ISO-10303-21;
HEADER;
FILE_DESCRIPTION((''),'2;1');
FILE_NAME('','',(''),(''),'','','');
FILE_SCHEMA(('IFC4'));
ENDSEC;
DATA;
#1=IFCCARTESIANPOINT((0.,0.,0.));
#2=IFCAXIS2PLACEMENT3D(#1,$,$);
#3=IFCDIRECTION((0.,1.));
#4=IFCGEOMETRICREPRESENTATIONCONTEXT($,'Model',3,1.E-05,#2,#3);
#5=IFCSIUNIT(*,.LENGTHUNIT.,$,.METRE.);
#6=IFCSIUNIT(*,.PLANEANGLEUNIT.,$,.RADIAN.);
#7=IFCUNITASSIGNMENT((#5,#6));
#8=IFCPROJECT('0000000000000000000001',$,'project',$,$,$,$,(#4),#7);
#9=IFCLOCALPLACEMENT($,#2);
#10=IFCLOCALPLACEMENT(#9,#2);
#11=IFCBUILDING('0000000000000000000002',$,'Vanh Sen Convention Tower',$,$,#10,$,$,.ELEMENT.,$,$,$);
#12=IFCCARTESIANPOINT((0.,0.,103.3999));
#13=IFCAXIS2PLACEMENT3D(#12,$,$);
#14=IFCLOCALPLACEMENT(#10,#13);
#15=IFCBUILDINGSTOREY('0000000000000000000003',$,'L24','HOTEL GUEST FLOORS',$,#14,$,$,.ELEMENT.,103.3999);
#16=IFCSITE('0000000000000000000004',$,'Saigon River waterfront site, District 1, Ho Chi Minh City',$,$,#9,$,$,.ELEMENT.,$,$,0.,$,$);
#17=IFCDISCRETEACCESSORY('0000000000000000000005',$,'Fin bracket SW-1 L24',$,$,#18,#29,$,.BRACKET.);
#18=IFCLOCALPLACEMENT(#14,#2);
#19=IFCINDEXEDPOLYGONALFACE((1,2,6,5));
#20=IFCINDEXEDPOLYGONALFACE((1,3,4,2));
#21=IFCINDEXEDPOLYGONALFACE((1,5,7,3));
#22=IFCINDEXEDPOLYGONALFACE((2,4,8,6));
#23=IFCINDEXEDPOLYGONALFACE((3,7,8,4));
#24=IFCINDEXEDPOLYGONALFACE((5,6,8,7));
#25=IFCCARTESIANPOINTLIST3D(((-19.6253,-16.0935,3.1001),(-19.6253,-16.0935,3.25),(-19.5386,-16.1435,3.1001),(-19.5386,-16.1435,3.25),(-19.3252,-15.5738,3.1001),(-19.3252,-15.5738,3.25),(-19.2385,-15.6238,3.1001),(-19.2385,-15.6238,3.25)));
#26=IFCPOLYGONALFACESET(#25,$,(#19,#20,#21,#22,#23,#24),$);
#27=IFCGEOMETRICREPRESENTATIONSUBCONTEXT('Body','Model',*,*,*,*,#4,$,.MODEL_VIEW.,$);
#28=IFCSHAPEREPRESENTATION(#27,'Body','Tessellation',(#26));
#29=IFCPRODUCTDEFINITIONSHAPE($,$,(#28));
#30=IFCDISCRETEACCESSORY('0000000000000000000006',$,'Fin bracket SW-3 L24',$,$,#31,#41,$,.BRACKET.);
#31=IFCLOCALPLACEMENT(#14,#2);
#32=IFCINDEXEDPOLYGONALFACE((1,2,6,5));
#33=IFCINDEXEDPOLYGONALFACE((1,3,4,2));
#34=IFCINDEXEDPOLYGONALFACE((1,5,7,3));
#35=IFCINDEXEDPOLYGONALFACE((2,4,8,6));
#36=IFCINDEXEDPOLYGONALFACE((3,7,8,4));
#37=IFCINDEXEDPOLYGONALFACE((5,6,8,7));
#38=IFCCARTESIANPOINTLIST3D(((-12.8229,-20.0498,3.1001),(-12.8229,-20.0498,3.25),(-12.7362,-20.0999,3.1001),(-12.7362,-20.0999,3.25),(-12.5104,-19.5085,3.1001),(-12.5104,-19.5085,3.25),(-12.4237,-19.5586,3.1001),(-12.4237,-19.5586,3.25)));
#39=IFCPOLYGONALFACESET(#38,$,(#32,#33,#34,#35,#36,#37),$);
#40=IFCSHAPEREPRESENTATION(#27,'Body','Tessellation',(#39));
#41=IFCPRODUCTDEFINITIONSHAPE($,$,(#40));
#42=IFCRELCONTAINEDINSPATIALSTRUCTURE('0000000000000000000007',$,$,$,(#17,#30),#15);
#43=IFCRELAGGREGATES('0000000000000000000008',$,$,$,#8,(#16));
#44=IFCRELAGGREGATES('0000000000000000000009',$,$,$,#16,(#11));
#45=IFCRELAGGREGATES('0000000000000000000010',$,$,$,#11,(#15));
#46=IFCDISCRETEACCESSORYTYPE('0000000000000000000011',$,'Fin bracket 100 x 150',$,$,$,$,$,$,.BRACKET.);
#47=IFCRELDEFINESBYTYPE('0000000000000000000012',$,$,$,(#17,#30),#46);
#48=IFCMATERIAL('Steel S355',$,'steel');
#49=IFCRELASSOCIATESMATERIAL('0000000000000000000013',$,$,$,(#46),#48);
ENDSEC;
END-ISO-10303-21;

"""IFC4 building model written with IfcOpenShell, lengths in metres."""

from ifc_helpers import new_model, si_unit, direction, frame, origin, origin_2d, place, context, subcontext, project, spatial, rectangle, extrude, material, type_object, element, save


model = new_model("IFC4")

# Units and contexts
model_context = context("Model", 3, precision=1e-05, world=origin(), true_north=direction((0.0, 1.0)))
body_context = subcontext(model_context, "Body", "Model", "MODEL_VIEW")
ifc_project = project(units=[si_unit("LENGTHUNIT", "METRE"), si_unit("PLANEANGLEUNIT", "RADIAN")], contexts=[model_context])

# Site, building, storey
site_placement = place(None, origin())
site = spatial("IfcSite", under=ifc_project, at=site_placement, Name="Saigon River waterfront site, District 1, Ho Chi Minh City", CompositionType="ELEMENT", RefElevation=0.0)
building_placement = place(site_placement, origin())
building = spatial("IfcBuilding", under=site, at=building_placement, Name="Vanh Sen Convention Tower", CompositionType="ELEMENT")
storey_placement = place(building_placement, frame((0.0, 0.0, 103.3999)))
storey = spatial("IfcBuildingStorey", under=building, at=storey_placement, Name="L24", Description="HOTEL GUEST FLOORS", CompositionType="ELEMENT", Elevation=103.3999)

# Discrete accessories
ifc_material_1 = material(Name="Steel S355", Category="steel")
discrete_accessory_type = type_object("IfcDiscreteAccessoryType", Name="Fin bracket 100 x 150", PredefinedType="BRACKET", material=ifc_material_1)
discrete_accessory_1_placement = place(storey_placement, frame((-19.4319, -15.8586, 3.1001), z_axis=(0.0, 0.0, 1.0), x_axis=(-0.5, -0.866025, 0.0)))
element("IfcDiscreteAccessory", 1, at=discrete_accessory_1_placement, inside=storey, type_object=discrete_accessory_type, Name="Fin bracket SW-1 L24", PredefinedType="BRACKET", context=body_context, shape_type="SweptSolid", body=[
    extrude(rectangle(XDim=0.6001, YDim=0.1001, at=origin_2d()), origin(), (0.0, 0.0, 1.0), 0.1499),
])
discrete_accessory_2_placement = place(storey_placement, frame((-12.6233, -19.8042, 3.1001), z_axis=(0.0, 0.0, 1.0), x_axis=(-0.5, -0.866025, 0.0)))
element("IfcDiscreteAccessory", 2, at=discrete_accessory_2_placement, inside=storey, type_object=discrete_accessory_type, Name="Fin bracket SW-3 L24", PredefinedType="BRACKET", context=body_context, shape_type="SweptSolid", body=[
    extrude(rectangle(XDim=0.625, YDim=0.1001, at=origin_2d()), origin(), (0.0, 0.0, 1.0), 0.1499),
])

save(model, "model.ifc")
